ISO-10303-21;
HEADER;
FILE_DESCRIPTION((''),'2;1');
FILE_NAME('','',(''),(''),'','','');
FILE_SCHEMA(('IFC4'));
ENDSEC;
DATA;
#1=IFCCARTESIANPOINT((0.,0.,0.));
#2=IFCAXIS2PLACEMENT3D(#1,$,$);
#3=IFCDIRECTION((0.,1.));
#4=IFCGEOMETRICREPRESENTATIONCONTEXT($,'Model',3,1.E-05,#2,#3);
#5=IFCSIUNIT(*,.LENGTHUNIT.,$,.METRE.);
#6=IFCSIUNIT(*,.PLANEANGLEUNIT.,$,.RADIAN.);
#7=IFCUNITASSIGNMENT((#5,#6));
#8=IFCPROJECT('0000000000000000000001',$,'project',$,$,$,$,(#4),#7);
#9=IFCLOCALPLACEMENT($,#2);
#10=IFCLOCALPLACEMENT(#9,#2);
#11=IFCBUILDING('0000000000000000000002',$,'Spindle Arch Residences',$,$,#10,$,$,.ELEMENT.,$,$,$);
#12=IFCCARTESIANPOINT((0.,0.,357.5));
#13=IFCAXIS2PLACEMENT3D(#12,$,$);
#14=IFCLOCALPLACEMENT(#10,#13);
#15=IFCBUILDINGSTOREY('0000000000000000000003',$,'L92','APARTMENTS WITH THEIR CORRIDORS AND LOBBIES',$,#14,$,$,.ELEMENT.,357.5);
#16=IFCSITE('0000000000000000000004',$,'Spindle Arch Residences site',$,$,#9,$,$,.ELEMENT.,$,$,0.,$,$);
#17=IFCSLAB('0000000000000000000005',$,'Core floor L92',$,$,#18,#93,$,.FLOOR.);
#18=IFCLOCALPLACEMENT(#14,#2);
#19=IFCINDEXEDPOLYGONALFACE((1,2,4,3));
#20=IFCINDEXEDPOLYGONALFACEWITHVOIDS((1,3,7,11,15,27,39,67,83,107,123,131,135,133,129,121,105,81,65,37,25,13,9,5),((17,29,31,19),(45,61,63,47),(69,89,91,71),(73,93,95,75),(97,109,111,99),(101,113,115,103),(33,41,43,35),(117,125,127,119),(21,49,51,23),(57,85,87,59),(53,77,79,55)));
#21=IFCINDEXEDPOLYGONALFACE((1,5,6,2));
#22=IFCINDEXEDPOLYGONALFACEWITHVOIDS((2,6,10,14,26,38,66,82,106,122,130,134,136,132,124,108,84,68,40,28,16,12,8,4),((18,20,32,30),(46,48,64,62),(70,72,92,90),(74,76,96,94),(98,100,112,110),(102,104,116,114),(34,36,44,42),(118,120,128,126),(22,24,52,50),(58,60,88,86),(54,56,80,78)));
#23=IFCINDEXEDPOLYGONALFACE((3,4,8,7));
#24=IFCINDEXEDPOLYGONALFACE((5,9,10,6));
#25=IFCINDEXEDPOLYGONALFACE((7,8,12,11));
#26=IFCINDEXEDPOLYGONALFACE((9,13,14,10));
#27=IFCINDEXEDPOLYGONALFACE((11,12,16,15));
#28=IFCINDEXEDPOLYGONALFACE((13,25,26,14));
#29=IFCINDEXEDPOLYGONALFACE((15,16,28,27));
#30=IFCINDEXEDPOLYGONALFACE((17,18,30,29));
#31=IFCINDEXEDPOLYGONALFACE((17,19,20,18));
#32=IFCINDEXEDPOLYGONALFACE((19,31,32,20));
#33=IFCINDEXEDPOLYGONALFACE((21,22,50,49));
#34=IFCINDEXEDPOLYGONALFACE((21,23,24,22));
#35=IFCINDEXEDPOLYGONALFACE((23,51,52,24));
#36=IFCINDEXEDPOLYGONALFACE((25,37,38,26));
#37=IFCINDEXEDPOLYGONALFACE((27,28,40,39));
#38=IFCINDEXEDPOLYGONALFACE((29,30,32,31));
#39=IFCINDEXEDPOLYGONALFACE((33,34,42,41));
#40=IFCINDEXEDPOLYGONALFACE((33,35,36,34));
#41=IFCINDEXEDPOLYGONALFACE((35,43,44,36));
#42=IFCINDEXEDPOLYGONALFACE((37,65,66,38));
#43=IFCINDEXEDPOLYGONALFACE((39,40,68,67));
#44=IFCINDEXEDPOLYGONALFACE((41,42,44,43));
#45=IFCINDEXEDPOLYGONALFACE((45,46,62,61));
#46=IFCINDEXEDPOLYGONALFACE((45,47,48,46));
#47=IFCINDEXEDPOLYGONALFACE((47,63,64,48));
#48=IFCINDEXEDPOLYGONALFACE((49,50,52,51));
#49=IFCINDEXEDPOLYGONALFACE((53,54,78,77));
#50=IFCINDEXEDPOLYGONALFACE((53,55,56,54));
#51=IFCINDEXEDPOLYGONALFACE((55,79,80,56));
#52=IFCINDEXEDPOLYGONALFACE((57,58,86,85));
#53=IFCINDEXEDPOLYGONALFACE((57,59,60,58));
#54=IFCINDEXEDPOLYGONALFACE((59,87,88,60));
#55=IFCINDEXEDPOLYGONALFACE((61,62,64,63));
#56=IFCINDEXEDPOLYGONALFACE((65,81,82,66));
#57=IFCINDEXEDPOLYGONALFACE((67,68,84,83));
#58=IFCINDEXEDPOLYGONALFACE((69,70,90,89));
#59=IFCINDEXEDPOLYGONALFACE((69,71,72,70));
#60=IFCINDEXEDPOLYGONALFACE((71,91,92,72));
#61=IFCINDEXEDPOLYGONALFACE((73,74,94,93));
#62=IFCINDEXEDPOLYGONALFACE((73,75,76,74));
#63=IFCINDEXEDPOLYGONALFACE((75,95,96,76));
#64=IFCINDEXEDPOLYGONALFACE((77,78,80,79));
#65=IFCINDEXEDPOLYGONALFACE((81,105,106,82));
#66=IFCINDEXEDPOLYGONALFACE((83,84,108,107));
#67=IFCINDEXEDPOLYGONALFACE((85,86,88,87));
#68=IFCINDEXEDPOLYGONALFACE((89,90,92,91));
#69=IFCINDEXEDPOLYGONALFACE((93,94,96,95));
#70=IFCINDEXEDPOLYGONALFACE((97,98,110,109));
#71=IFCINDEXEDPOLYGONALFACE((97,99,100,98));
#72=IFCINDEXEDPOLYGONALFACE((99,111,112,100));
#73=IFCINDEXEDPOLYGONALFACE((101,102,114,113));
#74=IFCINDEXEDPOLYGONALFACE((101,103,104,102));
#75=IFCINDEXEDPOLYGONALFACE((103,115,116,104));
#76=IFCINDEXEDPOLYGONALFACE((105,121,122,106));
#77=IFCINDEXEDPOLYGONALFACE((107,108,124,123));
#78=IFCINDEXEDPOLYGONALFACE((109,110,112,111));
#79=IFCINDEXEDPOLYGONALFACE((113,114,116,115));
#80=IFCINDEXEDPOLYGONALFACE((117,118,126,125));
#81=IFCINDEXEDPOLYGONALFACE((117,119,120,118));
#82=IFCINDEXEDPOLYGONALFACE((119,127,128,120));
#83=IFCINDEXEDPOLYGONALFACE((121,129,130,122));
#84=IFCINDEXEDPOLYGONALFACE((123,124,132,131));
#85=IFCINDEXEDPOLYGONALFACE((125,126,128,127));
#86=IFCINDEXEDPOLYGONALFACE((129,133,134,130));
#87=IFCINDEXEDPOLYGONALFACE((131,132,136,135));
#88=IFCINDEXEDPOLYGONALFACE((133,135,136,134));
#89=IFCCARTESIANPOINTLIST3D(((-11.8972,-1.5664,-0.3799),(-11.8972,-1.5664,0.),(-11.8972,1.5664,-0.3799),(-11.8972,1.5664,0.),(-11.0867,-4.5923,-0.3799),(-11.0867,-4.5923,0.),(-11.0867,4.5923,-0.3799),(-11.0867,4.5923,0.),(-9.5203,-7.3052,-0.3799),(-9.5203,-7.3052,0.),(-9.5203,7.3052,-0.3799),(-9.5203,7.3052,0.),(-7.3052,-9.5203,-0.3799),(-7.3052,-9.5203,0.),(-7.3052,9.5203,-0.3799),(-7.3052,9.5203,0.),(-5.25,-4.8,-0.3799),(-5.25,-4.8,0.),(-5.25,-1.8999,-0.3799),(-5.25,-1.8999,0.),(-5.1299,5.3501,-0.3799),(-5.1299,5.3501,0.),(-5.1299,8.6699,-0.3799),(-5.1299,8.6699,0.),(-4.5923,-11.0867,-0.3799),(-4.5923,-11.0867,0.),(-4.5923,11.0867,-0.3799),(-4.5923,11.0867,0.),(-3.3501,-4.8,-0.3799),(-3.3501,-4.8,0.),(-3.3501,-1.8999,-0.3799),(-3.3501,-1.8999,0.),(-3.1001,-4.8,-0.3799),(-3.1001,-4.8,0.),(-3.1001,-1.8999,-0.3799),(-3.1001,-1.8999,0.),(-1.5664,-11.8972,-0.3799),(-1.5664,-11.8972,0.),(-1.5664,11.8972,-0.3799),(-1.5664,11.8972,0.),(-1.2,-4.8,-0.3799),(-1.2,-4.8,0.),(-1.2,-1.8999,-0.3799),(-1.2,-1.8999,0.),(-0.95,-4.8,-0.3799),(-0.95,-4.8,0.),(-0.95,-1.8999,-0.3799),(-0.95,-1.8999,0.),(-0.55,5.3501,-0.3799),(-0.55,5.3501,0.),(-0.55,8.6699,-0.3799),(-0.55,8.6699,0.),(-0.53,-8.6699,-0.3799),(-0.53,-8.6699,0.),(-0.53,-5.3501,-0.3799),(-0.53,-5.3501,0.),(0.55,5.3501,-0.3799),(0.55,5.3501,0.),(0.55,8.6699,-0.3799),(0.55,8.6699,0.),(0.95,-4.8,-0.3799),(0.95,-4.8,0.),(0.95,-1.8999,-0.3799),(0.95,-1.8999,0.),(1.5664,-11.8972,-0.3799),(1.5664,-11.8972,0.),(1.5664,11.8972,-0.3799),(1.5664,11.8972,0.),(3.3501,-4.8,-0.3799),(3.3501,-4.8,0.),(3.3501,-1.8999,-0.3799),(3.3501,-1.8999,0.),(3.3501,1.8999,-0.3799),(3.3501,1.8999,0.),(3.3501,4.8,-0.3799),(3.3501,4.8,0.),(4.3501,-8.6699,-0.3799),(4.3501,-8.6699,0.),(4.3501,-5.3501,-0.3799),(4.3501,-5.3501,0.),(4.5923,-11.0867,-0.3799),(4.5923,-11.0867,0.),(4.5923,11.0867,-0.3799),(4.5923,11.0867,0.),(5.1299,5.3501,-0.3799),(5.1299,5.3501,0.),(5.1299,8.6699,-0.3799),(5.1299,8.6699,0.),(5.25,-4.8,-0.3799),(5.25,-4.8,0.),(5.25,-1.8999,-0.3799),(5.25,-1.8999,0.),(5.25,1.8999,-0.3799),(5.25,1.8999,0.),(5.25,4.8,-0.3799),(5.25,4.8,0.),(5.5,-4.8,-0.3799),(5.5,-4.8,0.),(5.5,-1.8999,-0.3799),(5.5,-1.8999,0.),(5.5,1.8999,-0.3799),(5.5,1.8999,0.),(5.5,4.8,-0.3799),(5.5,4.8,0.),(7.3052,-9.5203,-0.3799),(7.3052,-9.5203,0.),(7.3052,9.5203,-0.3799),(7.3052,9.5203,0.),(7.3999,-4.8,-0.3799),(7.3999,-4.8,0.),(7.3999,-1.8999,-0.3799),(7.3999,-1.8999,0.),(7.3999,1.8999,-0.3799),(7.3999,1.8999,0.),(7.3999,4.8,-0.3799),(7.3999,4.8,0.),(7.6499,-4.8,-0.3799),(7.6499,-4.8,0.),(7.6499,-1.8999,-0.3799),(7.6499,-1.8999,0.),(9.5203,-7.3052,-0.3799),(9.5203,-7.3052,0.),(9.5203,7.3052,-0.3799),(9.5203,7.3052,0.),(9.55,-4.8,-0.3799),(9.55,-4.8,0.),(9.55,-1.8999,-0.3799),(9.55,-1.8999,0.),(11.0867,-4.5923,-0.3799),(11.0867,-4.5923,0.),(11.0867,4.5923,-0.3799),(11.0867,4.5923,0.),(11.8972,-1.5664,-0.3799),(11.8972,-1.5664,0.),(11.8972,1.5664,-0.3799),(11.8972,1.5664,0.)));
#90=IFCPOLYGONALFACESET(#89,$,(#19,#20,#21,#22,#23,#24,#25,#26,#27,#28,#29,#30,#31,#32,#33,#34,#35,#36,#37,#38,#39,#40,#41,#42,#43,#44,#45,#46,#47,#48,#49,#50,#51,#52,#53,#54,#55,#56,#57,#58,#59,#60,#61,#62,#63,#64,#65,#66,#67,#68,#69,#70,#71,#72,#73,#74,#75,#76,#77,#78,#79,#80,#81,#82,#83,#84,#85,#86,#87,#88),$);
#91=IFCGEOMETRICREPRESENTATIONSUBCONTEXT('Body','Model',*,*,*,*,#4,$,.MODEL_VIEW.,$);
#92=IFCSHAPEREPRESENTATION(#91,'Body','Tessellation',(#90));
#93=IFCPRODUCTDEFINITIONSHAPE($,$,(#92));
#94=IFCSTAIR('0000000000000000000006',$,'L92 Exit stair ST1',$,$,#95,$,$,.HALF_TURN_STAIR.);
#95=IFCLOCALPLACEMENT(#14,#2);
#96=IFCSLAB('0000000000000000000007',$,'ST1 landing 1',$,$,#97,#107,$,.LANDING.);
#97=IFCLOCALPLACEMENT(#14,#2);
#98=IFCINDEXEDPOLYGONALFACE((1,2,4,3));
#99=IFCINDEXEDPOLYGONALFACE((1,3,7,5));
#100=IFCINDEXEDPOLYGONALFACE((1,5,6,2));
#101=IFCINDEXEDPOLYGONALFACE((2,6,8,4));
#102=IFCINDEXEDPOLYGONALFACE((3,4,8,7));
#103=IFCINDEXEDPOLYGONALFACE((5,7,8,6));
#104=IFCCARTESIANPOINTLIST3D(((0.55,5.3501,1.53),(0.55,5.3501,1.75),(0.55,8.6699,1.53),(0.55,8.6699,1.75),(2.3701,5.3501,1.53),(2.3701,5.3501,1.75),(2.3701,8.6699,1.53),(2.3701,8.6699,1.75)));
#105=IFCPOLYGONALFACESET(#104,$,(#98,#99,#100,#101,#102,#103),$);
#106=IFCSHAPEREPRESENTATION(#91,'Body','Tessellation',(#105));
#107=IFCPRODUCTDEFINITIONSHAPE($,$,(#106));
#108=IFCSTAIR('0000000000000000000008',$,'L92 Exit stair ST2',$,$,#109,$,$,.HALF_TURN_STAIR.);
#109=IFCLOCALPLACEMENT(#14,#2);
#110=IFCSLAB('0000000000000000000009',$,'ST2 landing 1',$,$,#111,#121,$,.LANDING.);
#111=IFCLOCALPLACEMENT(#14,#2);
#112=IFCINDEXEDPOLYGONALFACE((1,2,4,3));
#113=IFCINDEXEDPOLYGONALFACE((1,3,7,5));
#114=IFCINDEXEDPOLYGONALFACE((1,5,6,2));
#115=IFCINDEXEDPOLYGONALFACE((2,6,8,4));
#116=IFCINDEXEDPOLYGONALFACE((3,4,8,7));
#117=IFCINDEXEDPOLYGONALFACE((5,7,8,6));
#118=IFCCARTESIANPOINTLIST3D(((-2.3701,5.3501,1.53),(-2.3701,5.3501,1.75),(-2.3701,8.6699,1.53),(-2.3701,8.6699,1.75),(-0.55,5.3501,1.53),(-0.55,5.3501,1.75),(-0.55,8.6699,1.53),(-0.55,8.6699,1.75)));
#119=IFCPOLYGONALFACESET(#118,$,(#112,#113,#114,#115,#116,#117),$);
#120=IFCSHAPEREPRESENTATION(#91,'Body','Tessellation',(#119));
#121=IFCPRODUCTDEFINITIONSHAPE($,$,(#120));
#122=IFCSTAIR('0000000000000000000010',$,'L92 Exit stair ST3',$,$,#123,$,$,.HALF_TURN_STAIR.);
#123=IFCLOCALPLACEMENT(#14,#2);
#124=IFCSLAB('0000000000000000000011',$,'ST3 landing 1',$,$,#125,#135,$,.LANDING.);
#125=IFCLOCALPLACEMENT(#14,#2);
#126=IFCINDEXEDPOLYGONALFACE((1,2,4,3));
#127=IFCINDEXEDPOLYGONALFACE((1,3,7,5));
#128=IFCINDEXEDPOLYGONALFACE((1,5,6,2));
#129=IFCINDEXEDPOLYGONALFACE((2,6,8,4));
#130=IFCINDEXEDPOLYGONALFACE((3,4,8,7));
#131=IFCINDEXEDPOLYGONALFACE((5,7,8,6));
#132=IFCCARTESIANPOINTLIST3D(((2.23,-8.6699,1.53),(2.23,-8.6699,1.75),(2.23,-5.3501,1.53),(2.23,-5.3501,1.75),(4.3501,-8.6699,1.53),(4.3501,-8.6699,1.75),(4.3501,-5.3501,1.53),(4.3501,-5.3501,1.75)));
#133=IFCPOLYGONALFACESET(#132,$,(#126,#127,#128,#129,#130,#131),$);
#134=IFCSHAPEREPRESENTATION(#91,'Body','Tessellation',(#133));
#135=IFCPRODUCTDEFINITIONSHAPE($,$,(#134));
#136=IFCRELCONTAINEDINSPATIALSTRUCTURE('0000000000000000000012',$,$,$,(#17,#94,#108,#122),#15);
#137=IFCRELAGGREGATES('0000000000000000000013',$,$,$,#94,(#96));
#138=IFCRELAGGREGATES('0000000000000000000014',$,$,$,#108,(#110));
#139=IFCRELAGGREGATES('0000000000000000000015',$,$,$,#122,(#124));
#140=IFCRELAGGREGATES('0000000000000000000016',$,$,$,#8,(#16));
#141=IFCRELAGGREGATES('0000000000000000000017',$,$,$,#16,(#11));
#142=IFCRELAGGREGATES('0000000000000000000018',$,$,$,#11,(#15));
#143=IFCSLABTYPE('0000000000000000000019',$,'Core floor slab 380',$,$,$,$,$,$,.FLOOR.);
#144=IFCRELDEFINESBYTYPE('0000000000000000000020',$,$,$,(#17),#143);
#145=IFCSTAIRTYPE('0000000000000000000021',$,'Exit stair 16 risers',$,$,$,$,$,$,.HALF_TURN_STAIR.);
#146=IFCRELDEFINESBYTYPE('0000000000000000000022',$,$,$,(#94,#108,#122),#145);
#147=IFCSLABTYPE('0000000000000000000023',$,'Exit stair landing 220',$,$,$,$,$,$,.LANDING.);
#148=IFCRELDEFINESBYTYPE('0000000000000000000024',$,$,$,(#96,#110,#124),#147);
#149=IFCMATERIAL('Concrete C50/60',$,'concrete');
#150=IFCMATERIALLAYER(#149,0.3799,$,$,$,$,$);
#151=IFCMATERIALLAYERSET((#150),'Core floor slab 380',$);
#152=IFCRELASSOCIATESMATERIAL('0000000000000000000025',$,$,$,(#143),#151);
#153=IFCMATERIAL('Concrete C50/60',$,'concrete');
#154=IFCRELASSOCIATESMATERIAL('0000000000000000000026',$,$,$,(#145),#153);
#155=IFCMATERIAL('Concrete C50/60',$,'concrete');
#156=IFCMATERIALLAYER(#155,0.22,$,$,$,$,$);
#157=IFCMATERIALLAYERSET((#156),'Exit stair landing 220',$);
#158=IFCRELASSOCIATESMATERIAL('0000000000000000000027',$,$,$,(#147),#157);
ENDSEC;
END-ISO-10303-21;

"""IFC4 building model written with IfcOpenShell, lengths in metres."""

from ifc_helpers import new_model, si_unit, direction, frame, origin, place, context, subcontext, project, spatial, polyline, outline, extrude, material, layer, layer_set, type_object, element, aggregate, save


model = new_model("IFC4")

# Units and contexts
model_context = context("Model", 3, precision=1e-05, world=origin(), true_north=direction((0.0, 1.0)))
body_context = subcontext(model_context, "Body", "Model", "MODEL_VIEW")
ifc_project = project(units=[si_unit("LENGTHUNIT", "METRE"), si_unit("PLANEANGLEUNIT", "RADIAN")], contexts=[model_context])

# Site, building, storey
site_placement = place(None, origin())
site = spatial("IfcSite", under=ifc_project, at=site_placement, Name="Spindle Arch Residences site", CompositionType="ELEMENT", RefElevation=0.0)
building_placement = place(site_placement, origin())
building = spatial("IfcBuilding", under=site, at=building_placement, Name="Spindle Arch Residences", CompositionType="ELEMENT")
storey_placement = place(building_placement, frame((0.0, 0.0, 357.5)))
storey = spatial("IfcBuildingStorey", under=building, at=storey_placement, Name="L92", Description="APARTMENTS WITH THEIR CORRIDORS AND LOBBIES", CompositionType="ELEMENT", Elevation=357.5)

# Slab
ifc_material_1 = material(Name="Concrete C50/60", Category="concrete")
ifc_layer_1 = layer(ifc_material_1, 0.3799)
ifc_layer_set_1 = layer_set([ifc_layer_1], Name="Core floor slab 380")
slab_type_1 = type_object("IfcSlabType", Name="Core floor slab 380", PredefinedType="FLOOR", material=ifc_layer_set_1)
slab_1_placement = place(storey_placement, frame((0.0, 0.0, -0.3799)))
element("IfcSlab", 1, at=slab_1_placement, inside=storey, type_object=slab_type_1, Name="Core floor L92", PredefinedType="FLOOR", context=body_context, shape_type="SweptSolid", body=[
    extrude(outline(polyline([(1.5664, -11.8972), (4.5923, -11.0867), (7.3052, -9.5203), (9.5203, -7.3052), (11.0867, -4.5923), (11.8972, -1.5664), (11.8972, 1.5664), (11.0867, 4.5923), (9.5203, 7.3052), (7.3052, 9.5203), (4.5923, 11.0867), (1.5664, 11.8972), (-1.5664, 11.8972), (-4.5923, 11.0867), (-7.3052, 9.5203), (-9.5203, 7.3052), (-11.0867, 4.5923), (-11.8972, 1.5664), (-11.8972, -1.5664), (-11.0867, -4.5923), (-9.5203, -7.3052), (-7.3052, -9.5203), (-4.5923, -11.0867), (-1.5664, -11.8972), (1.5664, -11.8972)]), holes=[polyline([(3.3501, 1.8999), (5.25, 1.8999), (5.25, 4.8), (3.3501, 4.8), (3.3501, 1.8999)]), polyline([(5.5, 1.8999), (7.3999, 1.8999), (7.3999, 4.8), (5.5, 4.8), (5.5, 1.8999)]), polyline([(-5.25, -4.8), (-3.3501, -4.8), (-3.3501, -1.8999), (-5.25, -1.8999), (-5.25, -4.8)]), polyline([(-3.1001, -4.8), (-1.2, -4.8), (-1.2, -1.8999), (-3.1001, -1.8999), (-3.1001, -4.8)]), polyline([(-0.95, -4.8), (0.95, -4.8), (0.95, -1.8999), (-0.95, -1.8999), (-0.95, -4.8)]), polyline([(3.3501, -4.8), (5.25, -4.8), (5.25, -1.8999), (3.3501, -1.8999), (3.3501, -4.8)]), polyline([(5.5, -4.8), (7.3999, -4.8), (7.3999, -1.8999), (5.5, -1.8999), (5.5, -4.8)]), polyline([(7.6499, -4.8), (9.55, -4.8), (9.55, -1.8999), (7.6499, -1.8999), (7.6499, -4.8)]), polyline([(5.1299, 8.6699), (0.55, 8.6699), (0.55, 5.3501), (5.1299, 5.3501), (5.1299, 8.6699)]), polyline([(-5.1299, 5.3501), (-0.55, 5.3501), (-0.55, 8.6699), (-5.1299, 8.6699), (-5.1299, 5.3501)]), polyline([(-0.53, -8.6699), (4.3501, -8.6699), (4.3501, -5.3501), (-0.53, -5.3501), (-0.53, -8.6699)])]), origin(), (0.0, 0.0, 1.0), 0.3799),
])

# Stairs, slabs
ifc_material_2 = material(Name="Concrete C50/60", Category="concrete")
stair_type = type_object("IfcStairType", Name="Exit stair 16 risers", PredefinedType="HALF_TURN_STAIR", material=ifc_material_2)
stair_1_placement = place(storey_placement, origin())
stair_1 = element("IfcStair", 2, at=stair_1_placement, inside=storey, type_object=stair_type, Name="L92 Exit stair ST1", PredefinedType="HALF_TURN_STAIR")
ifc_material_3 = material(Name="Concrete C50/60", Category="concrete")
ifc_layer_2 = layer(ifc_material_3, 0.22)
ifc_layer_set_2 = layer_set([ifc_layer_2], Name="Exit stair landing 220")
slab_type_2 = type_object("IfcSlabType", Name="Exit stair landing 220", PredefinedType="LANDING", material=ifc_layer_set_2)
slab_2_placement = place(storey_placement, frame((0.0, 0.0, 1.53)))
slab_2 = element("IfcSlab", 3, at=slab_2_placement, type_object=slab_type_2, Name="ST1 landing 1", PredefinedType="LANDING", context=body_context, shape_type="SweptSolid", body=[
    extrude(outline(polyline([(2.3701, 8.6699), (0.55, 8.6699), (0.55, 5.3501), (2.3701, 5.3501), (2.3701, 8.6699)])), origin(), (0.0, 0.0, 1.0), 0.22),
])
aggregate(stair_1, [slab_2])
stair_2_placement = place(storey_placement, origin())
stair_2 = element("IfcStair", 4, at=stair_2_placement, inside=storey, type_object=stair_type, Name="L92 Exit stair ST2", PredefinedType="HALF_TURN_STAIR")
slab_3_placement = place(storey_placement, frame((0.0, 0.0, 1.53)))
slab_3 = element("IfcSlab", 5, at=slab_3_placement, type_object=slab_type_2, Name="ST2 landing 1", PredefinedType="LANDING", context=body_context, shape_type="SweptSolid", body=[
    extrude(outline(polyline([(-2.3701, 5.3501), (-0.55, 5.3501), (-0.55, 8.6699), (-2.3701, 8.6699), (-2.3701, 5.3501)])), origin(), (0.0, 0.0, 1.0), 0.22),
])
aggregate(stair_2, [slab_3])
stair_3_placement = place(storey_placement, origin())
stair_3 = element("IfcStair", 6, at=stair_3_placement, inside=storey, type_object=stair_type, Name="L92 Exit stair ST3", PredefinedType="HALF_TURN_STAIR")
slab_4_placement = place(storey_placement, frame((0.0, 0.0, 1.53)))
slab_4 = element("IfcSlab", 7, at=slab_4_placement, type_object=slab_type_2, Name="ST3 landing 1", PredefinedType="LANDING", context=body_context, shape_type="SweptSolid", body=[
    extrude(outline(polyline([(2.23, -8.6699), (4.3501, -8.6699), (4.3501, -5.3501), (2.23, -5.3501), (2.23, -8.6699)])), origin(), (0.0, 0.0, 1.0), 0.22),
])

aggregate(stair_3, [slab_4])

save(model, "model.ifc")
